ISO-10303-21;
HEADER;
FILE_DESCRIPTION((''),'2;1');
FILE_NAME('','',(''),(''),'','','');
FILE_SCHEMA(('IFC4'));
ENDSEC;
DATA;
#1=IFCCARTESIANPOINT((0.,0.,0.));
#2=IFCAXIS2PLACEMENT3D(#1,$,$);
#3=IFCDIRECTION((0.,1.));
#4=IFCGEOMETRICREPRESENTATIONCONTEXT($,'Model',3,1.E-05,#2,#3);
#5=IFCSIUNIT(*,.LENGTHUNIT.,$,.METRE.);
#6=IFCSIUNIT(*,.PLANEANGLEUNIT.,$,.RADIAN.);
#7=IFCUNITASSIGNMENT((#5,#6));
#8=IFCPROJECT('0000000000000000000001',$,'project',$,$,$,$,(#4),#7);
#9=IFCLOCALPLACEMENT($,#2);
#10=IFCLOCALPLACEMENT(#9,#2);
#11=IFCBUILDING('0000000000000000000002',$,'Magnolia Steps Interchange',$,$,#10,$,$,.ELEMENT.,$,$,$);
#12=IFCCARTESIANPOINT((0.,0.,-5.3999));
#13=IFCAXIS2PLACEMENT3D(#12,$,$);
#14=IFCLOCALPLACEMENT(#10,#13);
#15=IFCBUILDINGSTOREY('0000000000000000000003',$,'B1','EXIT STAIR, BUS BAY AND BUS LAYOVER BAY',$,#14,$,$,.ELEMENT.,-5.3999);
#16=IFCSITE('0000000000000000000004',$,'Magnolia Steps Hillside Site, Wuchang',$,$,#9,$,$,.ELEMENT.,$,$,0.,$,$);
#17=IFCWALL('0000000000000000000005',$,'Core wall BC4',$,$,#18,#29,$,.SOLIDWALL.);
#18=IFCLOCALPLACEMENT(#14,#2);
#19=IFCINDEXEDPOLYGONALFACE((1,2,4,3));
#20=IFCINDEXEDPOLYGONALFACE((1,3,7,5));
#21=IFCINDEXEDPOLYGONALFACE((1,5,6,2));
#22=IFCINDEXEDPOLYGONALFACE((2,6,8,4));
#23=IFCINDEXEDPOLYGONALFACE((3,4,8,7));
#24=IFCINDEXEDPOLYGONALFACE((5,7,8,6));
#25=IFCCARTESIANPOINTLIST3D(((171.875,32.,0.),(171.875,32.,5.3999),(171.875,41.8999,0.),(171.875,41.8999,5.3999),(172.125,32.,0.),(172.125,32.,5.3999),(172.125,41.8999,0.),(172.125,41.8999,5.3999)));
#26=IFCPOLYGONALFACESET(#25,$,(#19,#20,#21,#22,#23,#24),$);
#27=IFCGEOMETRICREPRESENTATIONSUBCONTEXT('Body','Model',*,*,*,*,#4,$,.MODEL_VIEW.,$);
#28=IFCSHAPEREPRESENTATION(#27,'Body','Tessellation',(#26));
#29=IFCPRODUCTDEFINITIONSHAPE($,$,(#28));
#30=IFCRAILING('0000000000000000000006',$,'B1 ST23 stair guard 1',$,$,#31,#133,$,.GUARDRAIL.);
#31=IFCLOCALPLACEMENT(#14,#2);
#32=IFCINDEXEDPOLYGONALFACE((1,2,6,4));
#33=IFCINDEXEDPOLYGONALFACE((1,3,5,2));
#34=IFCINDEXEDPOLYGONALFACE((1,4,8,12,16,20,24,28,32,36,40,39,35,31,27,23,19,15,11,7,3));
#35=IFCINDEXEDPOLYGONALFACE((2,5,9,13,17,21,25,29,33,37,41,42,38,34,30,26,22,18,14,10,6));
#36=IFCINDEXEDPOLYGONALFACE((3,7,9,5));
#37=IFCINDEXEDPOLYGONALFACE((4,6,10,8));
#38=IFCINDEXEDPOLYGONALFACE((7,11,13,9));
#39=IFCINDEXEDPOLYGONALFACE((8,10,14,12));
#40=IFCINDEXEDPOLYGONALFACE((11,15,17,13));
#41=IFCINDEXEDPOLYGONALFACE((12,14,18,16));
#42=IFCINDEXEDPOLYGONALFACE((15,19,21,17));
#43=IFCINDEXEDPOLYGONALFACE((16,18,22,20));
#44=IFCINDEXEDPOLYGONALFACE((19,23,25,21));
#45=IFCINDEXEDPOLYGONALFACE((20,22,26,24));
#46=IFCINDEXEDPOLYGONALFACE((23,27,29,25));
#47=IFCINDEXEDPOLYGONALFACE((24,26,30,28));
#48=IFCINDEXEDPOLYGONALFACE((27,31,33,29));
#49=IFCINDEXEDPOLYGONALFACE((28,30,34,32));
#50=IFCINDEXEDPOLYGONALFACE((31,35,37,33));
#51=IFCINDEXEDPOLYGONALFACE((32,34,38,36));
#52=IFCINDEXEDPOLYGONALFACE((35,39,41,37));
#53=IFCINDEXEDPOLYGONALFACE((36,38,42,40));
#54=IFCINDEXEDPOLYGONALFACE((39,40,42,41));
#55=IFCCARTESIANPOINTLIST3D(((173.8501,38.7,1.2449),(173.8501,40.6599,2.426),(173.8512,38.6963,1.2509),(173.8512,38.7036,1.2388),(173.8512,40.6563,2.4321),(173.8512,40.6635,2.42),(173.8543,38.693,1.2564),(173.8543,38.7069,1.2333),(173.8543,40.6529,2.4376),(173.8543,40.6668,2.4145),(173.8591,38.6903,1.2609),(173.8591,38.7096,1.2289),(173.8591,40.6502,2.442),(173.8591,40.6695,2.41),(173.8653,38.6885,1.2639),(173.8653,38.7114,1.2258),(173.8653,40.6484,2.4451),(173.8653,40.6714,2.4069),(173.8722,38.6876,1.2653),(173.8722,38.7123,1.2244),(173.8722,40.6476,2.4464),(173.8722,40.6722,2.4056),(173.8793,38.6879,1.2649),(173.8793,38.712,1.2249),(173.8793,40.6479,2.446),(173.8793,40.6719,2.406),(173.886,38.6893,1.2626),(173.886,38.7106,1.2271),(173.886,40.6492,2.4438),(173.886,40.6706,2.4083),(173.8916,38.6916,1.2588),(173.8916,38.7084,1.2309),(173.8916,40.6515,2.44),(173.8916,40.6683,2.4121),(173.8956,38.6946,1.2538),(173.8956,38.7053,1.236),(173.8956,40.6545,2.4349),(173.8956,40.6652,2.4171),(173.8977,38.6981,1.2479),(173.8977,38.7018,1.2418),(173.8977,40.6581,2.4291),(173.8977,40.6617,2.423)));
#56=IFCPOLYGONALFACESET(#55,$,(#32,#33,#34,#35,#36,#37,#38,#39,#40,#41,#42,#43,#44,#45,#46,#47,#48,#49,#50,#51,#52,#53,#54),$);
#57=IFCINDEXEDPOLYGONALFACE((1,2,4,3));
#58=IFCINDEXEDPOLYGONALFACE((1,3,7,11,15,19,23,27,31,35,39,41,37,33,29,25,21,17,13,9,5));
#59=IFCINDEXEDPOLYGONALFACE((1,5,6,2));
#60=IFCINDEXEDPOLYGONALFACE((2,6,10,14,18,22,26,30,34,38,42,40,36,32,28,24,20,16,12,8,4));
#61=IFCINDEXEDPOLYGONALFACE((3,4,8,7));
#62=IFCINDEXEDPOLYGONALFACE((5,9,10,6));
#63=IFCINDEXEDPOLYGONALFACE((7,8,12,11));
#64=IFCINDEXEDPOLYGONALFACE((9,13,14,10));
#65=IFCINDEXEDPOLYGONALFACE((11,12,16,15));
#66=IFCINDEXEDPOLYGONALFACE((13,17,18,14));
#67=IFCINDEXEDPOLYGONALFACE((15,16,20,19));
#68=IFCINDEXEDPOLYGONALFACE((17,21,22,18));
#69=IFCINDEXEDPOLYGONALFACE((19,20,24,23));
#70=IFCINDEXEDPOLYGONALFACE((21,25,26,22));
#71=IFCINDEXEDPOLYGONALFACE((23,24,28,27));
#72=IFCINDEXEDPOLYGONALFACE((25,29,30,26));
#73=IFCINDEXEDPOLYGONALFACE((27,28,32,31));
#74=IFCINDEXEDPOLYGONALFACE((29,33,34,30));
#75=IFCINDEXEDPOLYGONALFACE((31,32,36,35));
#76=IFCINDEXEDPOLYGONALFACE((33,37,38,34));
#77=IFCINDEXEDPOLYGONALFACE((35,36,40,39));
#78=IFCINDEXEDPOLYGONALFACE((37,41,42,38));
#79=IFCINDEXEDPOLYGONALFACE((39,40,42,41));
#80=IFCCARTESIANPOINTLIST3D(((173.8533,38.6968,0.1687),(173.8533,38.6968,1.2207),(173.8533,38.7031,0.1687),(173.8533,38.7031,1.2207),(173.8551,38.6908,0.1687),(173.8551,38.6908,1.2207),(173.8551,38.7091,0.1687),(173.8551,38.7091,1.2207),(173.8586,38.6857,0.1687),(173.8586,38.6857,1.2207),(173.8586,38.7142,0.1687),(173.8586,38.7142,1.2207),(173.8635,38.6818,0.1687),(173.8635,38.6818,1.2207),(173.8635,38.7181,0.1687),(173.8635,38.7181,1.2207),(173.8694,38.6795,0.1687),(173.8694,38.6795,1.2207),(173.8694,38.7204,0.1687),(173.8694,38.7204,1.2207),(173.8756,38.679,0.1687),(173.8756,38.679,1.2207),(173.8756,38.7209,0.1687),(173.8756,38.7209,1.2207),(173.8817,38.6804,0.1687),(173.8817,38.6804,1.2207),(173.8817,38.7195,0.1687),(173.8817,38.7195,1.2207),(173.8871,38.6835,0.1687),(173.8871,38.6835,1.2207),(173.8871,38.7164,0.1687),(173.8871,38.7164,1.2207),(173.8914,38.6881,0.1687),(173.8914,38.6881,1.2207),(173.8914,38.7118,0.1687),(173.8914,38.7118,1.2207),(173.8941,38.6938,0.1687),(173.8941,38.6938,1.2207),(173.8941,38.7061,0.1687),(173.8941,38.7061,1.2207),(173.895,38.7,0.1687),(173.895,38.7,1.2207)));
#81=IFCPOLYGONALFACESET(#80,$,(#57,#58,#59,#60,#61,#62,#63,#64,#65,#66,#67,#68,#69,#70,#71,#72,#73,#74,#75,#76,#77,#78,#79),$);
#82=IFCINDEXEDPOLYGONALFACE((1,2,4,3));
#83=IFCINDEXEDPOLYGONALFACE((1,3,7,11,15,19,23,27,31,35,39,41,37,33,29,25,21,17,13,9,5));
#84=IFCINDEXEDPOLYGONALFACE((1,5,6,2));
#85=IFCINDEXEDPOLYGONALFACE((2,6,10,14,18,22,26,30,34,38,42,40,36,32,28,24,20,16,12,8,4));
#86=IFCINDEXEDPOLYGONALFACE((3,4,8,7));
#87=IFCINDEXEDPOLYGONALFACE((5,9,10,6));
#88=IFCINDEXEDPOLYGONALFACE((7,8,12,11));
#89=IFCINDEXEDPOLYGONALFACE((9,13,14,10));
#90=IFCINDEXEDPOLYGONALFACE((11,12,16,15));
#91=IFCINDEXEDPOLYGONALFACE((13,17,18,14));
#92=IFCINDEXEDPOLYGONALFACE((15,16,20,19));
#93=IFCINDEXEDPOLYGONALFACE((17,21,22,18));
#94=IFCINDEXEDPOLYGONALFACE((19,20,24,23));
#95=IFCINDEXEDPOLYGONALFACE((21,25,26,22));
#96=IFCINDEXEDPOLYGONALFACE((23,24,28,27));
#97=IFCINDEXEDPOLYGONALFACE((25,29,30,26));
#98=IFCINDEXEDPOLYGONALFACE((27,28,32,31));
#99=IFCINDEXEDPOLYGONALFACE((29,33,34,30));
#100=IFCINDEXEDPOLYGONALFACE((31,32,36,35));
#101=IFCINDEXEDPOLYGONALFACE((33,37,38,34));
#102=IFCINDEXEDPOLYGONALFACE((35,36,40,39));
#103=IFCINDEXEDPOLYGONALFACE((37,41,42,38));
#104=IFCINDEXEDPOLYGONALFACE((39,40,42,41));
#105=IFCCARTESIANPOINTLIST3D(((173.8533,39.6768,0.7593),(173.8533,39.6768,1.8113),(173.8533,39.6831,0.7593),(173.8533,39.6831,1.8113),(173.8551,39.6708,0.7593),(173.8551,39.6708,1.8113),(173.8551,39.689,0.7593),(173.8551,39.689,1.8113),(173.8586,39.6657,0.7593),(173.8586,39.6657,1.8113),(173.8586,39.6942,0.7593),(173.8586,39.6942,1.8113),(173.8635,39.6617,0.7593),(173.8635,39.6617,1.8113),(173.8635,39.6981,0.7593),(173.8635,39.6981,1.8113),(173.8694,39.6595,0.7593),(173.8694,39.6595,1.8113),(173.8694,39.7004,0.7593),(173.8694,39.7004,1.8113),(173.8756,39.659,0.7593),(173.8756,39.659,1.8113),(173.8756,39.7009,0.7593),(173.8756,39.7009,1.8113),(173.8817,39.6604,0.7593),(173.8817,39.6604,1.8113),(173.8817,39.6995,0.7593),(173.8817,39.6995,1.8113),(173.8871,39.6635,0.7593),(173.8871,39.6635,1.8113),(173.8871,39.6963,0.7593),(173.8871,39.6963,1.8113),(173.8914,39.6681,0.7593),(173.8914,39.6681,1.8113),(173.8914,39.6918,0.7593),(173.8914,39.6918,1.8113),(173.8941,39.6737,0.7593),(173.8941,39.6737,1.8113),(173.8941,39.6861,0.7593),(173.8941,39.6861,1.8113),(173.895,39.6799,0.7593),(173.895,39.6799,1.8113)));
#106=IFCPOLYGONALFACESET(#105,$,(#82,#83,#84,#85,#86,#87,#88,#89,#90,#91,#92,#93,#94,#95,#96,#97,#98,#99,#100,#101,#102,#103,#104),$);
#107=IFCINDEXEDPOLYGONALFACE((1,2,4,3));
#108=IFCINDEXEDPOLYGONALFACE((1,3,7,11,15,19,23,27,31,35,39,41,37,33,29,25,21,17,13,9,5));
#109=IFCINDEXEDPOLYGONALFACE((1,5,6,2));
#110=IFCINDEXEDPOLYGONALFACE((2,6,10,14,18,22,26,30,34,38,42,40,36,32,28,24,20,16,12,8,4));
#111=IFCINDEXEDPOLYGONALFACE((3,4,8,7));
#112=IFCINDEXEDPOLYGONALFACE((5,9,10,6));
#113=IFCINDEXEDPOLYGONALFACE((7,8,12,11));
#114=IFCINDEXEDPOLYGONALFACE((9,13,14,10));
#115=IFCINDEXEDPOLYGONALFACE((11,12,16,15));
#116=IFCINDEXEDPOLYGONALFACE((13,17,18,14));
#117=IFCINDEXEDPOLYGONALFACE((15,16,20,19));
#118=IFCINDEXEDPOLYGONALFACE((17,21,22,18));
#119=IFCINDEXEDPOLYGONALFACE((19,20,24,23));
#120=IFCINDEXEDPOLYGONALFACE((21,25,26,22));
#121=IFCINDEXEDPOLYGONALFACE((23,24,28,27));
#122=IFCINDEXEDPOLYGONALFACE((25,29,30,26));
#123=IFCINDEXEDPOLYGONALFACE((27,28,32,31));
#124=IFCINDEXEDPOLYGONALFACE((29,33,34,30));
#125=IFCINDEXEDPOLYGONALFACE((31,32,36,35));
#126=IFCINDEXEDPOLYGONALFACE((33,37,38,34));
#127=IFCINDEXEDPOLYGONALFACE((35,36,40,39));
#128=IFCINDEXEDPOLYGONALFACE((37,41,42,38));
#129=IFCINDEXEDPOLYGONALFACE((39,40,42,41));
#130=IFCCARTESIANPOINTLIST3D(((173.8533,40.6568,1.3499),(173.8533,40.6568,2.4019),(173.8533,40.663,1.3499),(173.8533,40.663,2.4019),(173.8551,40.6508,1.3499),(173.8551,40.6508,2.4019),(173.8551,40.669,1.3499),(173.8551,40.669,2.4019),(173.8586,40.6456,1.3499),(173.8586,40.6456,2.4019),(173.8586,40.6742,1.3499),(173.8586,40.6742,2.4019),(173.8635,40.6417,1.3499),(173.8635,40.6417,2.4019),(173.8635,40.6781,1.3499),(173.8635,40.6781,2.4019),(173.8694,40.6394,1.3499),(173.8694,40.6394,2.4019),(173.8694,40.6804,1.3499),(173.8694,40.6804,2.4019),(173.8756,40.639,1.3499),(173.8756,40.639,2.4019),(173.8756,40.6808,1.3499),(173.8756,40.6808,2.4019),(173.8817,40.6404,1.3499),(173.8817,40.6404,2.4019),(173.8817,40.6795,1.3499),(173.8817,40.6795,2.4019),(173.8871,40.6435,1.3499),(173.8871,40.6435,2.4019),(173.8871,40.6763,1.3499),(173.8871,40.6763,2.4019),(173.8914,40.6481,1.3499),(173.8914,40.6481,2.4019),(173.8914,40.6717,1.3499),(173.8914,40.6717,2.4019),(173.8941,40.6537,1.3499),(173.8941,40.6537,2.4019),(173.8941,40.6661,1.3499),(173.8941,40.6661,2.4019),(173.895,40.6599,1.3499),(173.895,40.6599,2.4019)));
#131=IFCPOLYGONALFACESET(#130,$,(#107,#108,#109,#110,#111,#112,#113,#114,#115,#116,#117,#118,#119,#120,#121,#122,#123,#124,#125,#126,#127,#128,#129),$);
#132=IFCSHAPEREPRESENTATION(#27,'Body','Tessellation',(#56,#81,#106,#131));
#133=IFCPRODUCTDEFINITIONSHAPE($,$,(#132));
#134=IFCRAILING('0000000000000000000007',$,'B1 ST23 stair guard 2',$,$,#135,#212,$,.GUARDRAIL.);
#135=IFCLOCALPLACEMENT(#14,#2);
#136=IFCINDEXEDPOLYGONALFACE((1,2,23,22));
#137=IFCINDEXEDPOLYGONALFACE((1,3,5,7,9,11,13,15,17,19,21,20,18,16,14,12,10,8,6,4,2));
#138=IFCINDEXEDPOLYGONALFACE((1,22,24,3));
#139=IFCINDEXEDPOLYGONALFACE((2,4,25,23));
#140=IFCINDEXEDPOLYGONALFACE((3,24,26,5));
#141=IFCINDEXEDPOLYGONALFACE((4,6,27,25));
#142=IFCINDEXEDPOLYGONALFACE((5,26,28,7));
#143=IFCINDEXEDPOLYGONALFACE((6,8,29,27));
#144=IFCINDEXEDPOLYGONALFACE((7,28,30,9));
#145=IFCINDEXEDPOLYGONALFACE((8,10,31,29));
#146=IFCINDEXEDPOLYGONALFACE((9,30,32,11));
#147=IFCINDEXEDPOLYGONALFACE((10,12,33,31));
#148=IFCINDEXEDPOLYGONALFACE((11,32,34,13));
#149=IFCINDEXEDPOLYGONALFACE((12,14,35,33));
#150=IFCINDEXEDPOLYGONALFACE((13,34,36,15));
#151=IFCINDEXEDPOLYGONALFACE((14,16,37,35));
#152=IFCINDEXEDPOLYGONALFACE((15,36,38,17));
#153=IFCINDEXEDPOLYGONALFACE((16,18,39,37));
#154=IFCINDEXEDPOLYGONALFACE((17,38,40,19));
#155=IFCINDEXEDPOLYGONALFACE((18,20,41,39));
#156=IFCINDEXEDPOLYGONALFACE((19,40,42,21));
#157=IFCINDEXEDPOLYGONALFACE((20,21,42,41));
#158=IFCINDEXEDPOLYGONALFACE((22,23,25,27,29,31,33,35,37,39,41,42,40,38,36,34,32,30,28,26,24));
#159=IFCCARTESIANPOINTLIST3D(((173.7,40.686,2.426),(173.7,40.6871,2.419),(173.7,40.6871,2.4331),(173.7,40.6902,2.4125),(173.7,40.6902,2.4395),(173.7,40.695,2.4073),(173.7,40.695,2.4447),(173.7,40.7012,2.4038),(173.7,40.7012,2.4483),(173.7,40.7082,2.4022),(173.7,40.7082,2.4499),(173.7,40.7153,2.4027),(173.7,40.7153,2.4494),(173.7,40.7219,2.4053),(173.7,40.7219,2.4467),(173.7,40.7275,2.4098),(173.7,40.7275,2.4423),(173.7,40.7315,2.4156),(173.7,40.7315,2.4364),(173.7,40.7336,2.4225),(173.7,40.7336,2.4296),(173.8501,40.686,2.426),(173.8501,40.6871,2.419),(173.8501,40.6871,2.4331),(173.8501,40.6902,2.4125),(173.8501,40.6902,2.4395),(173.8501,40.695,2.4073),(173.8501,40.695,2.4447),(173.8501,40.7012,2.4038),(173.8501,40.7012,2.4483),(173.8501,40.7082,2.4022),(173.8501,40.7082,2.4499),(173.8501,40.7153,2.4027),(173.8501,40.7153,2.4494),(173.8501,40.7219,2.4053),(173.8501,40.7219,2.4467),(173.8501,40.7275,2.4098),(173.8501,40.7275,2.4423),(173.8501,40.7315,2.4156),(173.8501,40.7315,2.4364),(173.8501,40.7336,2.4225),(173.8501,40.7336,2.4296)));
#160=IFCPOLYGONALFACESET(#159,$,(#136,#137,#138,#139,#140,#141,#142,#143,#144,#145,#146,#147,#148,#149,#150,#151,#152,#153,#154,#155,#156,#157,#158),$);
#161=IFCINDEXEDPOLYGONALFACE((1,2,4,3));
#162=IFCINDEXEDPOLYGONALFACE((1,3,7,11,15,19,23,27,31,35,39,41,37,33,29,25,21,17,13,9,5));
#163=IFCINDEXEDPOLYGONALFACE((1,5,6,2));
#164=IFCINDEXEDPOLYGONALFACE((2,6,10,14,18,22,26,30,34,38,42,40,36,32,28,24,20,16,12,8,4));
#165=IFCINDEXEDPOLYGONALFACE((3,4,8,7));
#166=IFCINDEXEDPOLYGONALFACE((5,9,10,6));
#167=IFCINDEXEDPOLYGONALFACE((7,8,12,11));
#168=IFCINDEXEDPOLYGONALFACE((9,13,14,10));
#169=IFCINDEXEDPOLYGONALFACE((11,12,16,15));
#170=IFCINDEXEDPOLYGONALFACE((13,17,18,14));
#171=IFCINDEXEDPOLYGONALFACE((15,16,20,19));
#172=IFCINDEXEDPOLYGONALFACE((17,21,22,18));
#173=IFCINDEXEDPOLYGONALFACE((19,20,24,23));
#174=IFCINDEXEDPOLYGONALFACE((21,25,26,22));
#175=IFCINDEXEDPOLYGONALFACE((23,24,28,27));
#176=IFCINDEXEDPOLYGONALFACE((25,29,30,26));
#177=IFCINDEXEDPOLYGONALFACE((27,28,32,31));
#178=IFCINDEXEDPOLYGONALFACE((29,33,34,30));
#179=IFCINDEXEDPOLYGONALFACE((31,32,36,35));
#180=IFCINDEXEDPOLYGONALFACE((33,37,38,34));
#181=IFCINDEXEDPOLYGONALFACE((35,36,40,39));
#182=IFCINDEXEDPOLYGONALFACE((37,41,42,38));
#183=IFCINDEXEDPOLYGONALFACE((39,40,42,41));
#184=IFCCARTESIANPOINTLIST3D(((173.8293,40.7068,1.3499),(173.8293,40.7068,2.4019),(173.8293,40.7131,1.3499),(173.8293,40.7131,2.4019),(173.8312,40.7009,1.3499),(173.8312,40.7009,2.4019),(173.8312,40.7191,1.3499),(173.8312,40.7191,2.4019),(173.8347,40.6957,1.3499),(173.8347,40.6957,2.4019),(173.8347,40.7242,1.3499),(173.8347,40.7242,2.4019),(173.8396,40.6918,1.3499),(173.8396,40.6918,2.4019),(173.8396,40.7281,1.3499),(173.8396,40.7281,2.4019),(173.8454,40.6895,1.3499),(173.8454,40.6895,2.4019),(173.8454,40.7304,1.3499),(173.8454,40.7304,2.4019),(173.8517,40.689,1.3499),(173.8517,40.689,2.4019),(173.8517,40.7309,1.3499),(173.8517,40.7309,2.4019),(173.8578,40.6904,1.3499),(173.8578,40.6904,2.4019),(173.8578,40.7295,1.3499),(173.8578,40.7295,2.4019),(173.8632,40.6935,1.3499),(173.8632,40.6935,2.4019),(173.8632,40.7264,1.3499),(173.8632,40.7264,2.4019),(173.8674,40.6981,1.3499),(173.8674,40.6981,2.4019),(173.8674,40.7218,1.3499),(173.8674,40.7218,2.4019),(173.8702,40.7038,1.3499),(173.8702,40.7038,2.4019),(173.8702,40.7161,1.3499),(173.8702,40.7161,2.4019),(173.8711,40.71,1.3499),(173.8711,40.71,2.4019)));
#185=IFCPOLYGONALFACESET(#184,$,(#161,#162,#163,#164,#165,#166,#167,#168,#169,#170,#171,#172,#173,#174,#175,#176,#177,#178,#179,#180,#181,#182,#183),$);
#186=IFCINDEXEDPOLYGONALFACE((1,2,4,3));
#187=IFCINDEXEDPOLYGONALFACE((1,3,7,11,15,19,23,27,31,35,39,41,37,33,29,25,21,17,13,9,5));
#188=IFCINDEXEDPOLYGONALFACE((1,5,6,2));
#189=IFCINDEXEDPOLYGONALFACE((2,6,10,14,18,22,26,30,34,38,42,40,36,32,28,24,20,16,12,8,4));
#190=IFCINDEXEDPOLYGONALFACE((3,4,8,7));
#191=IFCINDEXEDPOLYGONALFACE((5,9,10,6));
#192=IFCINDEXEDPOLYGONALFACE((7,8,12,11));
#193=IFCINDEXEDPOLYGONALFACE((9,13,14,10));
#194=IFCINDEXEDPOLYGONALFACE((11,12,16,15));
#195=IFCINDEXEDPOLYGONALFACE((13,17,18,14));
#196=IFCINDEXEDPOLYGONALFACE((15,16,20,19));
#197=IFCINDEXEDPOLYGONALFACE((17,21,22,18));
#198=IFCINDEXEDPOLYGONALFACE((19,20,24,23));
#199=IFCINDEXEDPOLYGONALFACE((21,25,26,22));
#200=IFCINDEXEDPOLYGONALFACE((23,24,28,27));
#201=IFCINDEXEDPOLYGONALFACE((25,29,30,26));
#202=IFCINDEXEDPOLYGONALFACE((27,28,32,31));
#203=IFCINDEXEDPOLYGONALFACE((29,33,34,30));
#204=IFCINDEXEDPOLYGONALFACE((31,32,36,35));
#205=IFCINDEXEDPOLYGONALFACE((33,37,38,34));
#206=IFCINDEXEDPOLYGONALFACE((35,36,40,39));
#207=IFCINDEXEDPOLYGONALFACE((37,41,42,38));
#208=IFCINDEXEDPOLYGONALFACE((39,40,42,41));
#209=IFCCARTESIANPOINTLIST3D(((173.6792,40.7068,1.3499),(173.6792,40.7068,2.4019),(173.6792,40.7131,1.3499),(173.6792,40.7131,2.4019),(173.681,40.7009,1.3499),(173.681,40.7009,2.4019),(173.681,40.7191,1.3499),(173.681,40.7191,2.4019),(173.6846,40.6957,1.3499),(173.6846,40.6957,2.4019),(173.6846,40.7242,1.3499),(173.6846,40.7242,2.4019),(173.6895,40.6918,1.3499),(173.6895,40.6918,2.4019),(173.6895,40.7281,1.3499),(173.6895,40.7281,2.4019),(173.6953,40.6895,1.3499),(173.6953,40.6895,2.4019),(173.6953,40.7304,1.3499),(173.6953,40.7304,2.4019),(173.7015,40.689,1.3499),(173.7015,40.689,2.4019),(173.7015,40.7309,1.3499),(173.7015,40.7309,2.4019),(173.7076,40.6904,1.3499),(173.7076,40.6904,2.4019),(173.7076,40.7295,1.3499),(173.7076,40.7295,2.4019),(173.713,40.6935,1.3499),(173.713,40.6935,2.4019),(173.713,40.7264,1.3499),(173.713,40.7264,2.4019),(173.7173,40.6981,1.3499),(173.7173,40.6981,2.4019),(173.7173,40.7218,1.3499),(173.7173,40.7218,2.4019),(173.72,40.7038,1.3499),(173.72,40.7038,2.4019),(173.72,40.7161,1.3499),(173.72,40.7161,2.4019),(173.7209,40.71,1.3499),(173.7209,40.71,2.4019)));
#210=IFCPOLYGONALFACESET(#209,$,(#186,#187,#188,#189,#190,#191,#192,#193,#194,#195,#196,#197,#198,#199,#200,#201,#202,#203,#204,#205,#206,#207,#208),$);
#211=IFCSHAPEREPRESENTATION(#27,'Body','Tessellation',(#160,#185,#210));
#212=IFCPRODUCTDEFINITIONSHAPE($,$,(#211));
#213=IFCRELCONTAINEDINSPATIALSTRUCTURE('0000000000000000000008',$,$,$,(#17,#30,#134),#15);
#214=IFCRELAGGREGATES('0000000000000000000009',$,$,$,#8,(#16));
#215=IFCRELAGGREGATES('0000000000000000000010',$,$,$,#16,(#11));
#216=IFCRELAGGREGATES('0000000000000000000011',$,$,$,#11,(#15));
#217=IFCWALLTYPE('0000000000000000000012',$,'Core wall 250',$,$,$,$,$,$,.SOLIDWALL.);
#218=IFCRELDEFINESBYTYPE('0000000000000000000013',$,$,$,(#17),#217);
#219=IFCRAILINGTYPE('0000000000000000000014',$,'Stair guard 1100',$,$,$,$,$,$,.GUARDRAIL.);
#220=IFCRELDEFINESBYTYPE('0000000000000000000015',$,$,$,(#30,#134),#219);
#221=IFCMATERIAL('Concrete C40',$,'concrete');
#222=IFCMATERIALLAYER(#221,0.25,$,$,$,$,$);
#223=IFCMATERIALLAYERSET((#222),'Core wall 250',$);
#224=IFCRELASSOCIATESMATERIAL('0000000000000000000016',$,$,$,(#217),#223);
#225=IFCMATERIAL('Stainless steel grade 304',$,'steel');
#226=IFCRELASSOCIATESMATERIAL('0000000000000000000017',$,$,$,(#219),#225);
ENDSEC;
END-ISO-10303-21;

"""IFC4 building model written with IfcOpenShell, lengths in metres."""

from ifc_helpers import new_model, si_unit, direction, frame, frame_2d, origin, origin_2d, place, context, subcontext, project, spatial, rectangle, circle, extrude, material, layer, layer_set, type_object, element, save


model = new_model("IFC4")

# Units and contexts
model_context = context("Model", 3, precision=1e-05, world=origin(), true_north=direction((0.0, 1.0)))
body_context = subcontext(model_context, "Body", "Model", "MODEL_VIEW")
ifc_project = project(units=[si_unit("LENGTHUNIT", "METRE"), si_unit("PLANEANGLEUNIT", "RADIAN")], contexts=[model_context])

# Site, building, storey
site_placement = place(None, origin())
site = spatial("IfcSite", under=ifc_project, at=site_placement, Name="Magnolia Steps Hillside Site, Wuchang", CompositionType="ELEMENT", RefElevation=0.0)
building_placement = place(site_placement, origin())
building = spatial("IfcBuilding", under=site, at=building_placement, Name="Magnolia Steps Interchange", CompositionType="ELEMENT")
storey_placement = place(building_placement, frame((0.0, 0.0, -5.3999)))
storey = spatial("IfcBuildingStorey", under=building, at=storey_placement, Name="B1", Description="EXIT STAIR, BUS BAY AND BUS LAYOVER BAY", CompositionType="ELEMENT", Elevation=-5.3999)

# Wall
ifc_material_1 = material(Name="Concrete C40", Category="concrete")
ifc_layer_1 = layer(ifc_material_1, 0.25)
ifc_layer_set_1 = layer_set([ifc_layer_1], Name="Core wall 250")
wall_type_1 = type_object("IfcWallType", Name="Core wall 250", PredefinedType="SOLIDWALL", material=ifc_layer_set_1)
wall_1_placement = place(storey_placement, frame((172.0, 41.8999, 0.0), z_axis=(0.0, 0.0, 1.0), x_axis=(0.0, -1.0, 0.0)))
element("IfcWall", 1, at=wall_1_placement, inside=storey, type_object=wall_type_1, Name="Core wall BC4", PredefinedType="SOLIDWALL", context=body_context, shape_type="SweptSolid", body=[
    extrude(rectangle(XDim=9.8999, YDim=0.25, at=frame_2d((4.95, 0.0))), origin(), (0.0, 0.0, 1.0), 5.3999),
])

# Railings
ifc_material_2 = material(Name="Stainless steel grade 304", Category="steel")
railing_type_1 = type_object("IfcRailingType", Name="Stair guard 1100", PredefinedType="GUARDRAIL", material=ifc_material_2)
railing_1_placement = place(storey_placement, frame((173.874, 38.7, 0.1687)))
element("IfcRailing", 2, at=railing_1_placement, inside=storey, type_object=railing_type_1, Name="B1 ST23 stair guard 1", PredefinedType="GUARDRAIL", context=body_context, shape_type="SweptSolid", body=[
    extrude(circle(Radius=0.0239, at=origin_2d()), frame((0.0, 0.0, 1.0762), z_axis=(0.0, 0.856493, 0.516158), x_axis=(-1.0, 0.0, 0.0)), (0.0, 0.0, 1.0), 2.2883),
    extrude(circle(Radius=0.021, at=origin_2d()), origin(), (0.0, 0.0, 1.0), 1.052),
    extrude(circle(Radius=0.021, at=origin_2d()), frame((0.0, 0.98, 0.5906)), (0.0, 0.0, 1.0), 1.052),
    extrude(circle(Radius=0.021, at=origin_2d()), frame((0.0, 1.96, 1.1812)), (0.0, 0.0, 1.0), 1.052),
])
railing_2_placement = place(storey_placement, frame((173.8501, 40.71, 1.3499)))
element("IfcRailing", 3, at=railing_2_placement, inside=storey, type_object=railing_type_1, Name="B1 ST23 stair guard 2", PredefinedType="GUARDRAIL", context=body_context, shape_type="SweptSolid", body=[
    extrude(circle(Radius=0.0239, at=origin_2d()), frame((0.0, 0.0, 1.0762), z_axis=(-1.0, 0.0, 0.0), x_axis=(0.0, -1.0, 0.0)), (0.0, 0.0, 1.0), 0.1501),
    extrude(circle(Radius=0.021, at=origin_2d()), origin(), (0.0, 0.0, 1.0), 1.052),
    extrude(circle(Radius=0.021, at=origin_2d()), frame((-0.1501, 0.0, 0.0)), (0.0, 0.0, 1.0), 1.052),
])

save(model, "model.ifc")
